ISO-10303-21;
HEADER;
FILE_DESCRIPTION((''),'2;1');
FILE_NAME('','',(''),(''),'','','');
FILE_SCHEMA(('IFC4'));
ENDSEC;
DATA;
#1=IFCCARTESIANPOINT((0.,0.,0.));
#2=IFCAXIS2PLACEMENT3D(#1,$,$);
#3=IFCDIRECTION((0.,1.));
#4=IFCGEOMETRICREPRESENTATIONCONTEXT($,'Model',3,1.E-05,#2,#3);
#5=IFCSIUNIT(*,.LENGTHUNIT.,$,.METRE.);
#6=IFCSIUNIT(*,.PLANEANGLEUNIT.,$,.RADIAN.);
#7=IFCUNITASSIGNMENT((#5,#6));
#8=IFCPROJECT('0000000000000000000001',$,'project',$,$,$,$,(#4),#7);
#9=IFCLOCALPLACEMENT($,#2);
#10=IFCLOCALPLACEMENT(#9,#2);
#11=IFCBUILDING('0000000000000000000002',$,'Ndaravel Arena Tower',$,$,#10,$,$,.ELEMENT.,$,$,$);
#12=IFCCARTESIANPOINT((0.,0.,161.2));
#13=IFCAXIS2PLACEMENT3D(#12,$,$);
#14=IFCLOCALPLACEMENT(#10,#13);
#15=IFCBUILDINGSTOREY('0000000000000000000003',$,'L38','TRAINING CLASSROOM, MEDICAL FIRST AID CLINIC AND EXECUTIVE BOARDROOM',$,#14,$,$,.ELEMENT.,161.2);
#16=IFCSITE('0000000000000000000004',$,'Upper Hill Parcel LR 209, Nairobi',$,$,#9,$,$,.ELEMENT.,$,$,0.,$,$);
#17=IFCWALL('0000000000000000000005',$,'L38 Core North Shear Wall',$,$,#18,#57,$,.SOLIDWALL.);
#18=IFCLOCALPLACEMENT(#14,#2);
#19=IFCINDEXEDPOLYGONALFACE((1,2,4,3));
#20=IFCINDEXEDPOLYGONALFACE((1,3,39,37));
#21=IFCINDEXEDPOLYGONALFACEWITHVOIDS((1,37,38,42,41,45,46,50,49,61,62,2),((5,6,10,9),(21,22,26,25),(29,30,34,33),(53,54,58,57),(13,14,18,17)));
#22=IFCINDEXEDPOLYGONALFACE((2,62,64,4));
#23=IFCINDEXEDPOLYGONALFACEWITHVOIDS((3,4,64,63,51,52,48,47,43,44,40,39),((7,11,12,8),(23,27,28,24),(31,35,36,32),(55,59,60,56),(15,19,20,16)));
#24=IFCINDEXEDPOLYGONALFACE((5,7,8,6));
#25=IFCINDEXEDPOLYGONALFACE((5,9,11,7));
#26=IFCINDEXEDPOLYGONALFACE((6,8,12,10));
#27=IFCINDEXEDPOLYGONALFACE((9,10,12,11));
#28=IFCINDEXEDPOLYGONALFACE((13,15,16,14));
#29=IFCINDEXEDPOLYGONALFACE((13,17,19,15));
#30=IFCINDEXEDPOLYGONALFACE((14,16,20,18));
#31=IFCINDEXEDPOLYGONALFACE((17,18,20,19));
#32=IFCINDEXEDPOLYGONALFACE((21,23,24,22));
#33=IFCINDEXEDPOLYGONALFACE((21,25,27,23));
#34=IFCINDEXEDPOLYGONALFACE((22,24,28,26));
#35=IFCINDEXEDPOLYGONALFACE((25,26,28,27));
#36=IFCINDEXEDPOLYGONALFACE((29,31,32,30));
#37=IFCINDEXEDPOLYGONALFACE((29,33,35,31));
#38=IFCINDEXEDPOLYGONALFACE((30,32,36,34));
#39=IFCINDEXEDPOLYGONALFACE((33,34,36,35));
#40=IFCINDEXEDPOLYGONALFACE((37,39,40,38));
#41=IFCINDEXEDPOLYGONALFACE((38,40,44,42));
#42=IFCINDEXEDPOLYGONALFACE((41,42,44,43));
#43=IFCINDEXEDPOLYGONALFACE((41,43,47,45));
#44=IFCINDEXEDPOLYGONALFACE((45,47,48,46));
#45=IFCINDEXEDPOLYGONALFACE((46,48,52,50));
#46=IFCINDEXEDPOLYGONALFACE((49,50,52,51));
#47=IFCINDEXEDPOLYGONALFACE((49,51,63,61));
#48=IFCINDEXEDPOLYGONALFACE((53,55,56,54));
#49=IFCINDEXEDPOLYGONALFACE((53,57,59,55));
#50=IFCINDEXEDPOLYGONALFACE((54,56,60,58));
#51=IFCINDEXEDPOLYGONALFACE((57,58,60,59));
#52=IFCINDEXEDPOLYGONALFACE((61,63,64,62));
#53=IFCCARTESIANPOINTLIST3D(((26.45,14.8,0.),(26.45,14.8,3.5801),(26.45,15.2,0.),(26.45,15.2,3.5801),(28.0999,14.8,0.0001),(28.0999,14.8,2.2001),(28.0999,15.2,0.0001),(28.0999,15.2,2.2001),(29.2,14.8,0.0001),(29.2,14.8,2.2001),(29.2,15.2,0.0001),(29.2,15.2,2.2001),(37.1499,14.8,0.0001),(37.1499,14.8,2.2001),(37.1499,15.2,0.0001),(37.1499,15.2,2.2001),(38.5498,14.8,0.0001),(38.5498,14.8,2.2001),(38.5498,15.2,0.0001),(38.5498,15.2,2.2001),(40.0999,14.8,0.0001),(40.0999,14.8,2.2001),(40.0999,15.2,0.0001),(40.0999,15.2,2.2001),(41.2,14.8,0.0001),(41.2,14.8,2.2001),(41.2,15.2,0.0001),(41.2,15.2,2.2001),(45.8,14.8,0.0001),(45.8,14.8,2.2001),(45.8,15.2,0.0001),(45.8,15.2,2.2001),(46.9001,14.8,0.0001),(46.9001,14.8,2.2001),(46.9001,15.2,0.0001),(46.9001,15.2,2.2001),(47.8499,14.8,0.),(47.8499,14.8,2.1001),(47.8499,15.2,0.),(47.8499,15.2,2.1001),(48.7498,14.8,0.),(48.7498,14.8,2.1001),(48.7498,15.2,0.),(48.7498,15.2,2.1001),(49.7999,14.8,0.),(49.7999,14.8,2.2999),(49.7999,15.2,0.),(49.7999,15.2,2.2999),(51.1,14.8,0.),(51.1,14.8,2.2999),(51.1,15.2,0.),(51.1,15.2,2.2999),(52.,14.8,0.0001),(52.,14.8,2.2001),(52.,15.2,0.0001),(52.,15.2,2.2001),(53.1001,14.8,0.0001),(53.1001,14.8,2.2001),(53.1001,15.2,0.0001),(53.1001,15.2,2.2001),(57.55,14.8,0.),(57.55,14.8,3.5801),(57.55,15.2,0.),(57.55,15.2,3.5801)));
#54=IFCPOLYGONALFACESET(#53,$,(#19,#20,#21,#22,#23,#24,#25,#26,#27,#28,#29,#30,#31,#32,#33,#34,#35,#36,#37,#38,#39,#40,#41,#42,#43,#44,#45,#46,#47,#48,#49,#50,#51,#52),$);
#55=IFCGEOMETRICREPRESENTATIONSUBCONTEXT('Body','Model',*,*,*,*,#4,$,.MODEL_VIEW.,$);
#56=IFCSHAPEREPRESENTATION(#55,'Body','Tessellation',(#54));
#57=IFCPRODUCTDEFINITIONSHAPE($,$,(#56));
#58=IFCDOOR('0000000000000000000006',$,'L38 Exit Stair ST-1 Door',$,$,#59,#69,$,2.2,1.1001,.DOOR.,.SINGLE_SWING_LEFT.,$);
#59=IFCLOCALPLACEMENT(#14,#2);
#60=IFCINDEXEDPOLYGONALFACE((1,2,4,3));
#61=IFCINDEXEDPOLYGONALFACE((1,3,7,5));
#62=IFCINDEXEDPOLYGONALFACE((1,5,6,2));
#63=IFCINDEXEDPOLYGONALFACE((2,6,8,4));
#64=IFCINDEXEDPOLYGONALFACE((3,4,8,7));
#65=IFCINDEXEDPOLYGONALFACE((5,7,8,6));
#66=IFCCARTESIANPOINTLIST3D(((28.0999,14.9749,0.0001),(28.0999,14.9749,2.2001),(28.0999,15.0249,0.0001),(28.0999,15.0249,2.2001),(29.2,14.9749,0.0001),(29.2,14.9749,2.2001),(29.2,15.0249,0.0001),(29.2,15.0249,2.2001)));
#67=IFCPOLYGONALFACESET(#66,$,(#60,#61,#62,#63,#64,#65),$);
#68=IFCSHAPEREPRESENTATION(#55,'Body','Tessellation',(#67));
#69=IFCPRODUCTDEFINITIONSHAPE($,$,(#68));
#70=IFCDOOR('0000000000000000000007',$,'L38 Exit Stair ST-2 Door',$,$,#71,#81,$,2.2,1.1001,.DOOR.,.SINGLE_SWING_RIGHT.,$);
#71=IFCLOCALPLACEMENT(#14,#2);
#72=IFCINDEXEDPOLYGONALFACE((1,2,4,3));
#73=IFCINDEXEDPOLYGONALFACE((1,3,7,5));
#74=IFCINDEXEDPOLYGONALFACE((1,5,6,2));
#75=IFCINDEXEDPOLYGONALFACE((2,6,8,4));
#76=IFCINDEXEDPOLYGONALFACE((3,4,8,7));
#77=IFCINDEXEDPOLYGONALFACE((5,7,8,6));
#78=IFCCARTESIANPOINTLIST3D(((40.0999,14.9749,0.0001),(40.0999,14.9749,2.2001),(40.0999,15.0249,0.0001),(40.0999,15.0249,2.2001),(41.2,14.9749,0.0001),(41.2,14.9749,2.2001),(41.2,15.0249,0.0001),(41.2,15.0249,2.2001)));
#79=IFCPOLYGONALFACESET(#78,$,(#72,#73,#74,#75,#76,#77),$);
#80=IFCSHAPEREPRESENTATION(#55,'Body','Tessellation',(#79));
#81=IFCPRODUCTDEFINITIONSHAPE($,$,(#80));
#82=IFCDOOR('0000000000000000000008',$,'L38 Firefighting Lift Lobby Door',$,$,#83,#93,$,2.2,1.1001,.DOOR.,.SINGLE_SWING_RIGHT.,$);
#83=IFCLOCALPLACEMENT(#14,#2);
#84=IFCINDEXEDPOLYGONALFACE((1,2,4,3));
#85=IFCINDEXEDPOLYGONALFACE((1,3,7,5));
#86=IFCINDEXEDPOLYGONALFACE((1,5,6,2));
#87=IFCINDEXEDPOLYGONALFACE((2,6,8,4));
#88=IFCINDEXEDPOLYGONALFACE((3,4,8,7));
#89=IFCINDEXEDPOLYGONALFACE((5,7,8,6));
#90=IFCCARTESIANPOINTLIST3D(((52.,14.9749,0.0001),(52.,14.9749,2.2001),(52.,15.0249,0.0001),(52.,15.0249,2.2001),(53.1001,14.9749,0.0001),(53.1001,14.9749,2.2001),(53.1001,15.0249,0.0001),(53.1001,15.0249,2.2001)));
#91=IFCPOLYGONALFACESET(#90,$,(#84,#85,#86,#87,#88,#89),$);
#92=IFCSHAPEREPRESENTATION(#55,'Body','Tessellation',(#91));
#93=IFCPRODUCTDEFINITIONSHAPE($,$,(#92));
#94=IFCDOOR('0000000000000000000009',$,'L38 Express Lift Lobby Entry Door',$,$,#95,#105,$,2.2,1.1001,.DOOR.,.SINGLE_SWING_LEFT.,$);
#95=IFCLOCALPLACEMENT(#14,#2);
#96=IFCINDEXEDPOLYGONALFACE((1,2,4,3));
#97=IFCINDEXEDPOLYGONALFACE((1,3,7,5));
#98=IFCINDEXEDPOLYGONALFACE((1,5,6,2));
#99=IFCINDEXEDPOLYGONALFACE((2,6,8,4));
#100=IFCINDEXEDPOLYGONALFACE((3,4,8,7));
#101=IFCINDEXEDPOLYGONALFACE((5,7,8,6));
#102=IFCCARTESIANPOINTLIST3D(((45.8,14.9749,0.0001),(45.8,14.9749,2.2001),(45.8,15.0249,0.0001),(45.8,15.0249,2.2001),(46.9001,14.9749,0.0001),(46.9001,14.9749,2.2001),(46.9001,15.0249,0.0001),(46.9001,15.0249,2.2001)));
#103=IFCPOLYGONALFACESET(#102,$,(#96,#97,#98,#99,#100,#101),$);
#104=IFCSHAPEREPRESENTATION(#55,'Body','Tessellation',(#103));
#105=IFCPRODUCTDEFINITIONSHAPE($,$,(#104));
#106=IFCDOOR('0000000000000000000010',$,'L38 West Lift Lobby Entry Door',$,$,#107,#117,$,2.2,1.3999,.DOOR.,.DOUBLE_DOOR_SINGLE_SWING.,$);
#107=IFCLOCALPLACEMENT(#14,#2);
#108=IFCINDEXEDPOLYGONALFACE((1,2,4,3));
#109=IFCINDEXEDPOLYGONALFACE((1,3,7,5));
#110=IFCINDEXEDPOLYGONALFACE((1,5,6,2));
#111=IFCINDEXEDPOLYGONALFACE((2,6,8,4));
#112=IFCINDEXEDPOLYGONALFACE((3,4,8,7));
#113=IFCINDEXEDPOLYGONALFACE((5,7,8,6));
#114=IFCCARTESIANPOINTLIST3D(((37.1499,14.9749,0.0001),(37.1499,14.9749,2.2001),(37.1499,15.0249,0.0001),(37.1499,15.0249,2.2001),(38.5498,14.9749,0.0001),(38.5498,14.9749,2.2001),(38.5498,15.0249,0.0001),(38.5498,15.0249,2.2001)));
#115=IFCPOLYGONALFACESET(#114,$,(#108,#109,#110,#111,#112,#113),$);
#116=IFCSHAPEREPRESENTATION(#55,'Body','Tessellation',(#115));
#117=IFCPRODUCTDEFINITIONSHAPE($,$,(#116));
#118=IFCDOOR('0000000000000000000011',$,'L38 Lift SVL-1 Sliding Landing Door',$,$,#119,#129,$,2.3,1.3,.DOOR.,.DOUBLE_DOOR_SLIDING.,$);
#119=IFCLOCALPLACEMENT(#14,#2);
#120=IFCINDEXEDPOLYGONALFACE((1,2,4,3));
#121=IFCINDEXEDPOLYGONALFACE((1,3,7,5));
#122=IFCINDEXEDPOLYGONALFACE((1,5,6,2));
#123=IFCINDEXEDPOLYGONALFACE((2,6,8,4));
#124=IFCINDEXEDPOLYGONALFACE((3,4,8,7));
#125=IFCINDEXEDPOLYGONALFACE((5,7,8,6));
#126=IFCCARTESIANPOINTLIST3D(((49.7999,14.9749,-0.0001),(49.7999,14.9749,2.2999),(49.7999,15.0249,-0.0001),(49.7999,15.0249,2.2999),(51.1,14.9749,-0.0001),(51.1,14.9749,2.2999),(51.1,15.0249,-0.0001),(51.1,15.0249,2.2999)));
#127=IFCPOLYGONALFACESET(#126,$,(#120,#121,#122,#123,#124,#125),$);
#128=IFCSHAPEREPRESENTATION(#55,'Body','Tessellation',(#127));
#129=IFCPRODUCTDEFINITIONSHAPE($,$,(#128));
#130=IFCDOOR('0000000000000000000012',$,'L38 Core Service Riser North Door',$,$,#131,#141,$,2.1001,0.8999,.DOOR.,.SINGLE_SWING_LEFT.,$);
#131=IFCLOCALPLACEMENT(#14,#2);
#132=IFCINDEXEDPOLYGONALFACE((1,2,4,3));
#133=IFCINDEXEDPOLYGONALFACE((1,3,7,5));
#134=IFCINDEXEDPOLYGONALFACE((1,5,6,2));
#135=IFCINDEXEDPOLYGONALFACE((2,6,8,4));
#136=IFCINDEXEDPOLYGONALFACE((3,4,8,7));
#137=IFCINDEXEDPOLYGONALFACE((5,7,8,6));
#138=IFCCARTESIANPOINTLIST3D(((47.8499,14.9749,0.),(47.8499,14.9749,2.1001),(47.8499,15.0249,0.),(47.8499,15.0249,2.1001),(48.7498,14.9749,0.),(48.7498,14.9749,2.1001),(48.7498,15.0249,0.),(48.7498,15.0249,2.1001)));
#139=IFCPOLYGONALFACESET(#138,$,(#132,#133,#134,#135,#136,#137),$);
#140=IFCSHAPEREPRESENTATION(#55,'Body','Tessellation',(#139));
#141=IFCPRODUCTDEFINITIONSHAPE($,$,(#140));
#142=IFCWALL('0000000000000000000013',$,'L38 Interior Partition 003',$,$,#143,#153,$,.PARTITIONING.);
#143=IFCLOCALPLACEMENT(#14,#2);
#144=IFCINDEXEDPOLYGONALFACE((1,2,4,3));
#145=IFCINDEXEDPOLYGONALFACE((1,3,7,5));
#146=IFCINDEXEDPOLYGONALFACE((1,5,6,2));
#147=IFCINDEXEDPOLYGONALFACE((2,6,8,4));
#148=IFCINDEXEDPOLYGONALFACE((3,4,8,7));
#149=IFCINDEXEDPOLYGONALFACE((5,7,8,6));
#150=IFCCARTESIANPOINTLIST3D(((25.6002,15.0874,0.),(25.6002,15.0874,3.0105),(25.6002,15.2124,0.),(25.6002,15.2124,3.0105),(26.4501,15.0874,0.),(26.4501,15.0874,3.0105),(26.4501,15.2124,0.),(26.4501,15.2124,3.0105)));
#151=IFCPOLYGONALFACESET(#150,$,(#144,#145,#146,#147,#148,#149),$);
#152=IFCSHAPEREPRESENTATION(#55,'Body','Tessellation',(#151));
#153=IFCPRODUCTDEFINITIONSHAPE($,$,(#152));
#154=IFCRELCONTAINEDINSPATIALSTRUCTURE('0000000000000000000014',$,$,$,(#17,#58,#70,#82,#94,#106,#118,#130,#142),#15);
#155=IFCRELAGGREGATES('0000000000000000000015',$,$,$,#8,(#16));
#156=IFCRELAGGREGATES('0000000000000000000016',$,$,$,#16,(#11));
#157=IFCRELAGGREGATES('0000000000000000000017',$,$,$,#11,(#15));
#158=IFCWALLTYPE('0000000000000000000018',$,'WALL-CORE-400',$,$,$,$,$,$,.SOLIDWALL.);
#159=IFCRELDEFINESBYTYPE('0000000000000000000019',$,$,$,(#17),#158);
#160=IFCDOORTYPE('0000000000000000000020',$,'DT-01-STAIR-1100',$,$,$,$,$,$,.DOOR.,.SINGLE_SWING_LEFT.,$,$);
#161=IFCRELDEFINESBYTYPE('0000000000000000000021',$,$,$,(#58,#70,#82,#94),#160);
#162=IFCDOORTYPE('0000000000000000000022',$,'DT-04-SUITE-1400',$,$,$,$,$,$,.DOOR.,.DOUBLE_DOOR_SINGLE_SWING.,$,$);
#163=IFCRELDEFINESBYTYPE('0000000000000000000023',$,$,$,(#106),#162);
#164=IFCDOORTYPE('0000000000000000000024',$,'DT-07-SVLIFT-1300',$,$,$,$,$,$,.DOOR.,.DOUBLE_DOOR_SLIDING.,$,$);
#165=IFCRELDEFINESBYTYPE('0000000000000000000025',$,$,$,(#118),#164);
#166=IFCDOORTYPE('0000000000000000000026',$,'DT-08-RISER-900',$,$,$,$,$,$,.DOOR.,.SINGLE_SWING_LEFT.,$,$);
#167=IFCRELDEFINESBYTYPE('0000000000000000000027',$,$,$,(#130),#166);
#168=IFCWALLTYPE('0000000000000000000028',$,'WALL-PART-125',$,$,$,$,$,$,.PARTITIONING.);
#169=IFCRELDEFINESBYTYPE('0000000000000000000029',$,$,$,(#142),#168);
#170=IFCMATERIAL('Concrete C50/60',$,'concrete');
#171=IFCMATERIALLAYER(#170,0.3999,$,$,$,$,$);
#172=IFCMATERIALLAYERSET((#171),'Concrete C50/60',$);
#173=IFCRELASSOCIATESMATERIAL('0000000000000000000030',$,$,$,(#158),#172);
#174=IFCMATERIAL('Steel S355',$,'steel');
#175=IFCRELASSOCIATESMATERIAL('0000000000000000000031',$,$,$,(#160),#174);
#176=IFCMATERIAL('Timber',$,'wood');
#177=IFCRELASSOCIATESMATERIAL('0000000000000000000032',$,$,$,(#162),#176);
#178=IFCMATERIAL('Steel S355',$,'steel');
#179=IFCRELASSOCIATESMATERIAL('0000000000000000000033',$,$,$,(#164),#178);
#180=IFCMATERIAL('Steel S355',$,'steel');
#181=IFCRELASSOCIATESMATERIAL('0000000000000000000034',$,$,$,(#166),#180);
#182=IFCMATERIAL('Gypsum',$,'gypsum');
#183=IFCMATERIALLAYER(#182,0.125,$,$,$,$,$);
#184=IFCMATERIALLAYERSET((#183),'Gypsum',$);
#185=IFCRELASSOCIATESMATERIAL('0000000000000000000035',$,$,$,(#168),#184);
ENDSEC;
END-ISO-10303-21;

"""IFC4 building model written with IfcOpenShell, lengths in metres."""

from ifc_helpers import new_model, si_unit, direction, frame, frame_2d, origin, place, context, subcontext, project, spatial, rectangle, extrude, material, layer, layer_set, type_object, element, fill, save


model = new_model("IFC4")

# Units and contexts
model_context = context("Model", 3, precision=1e-05, world=origin(), true_north=direction((0.0, 1.0)))
body_context = subcontext(model_context, "Body", "Model", "MODEL_VIEW")
ifc_project = project(units=[si_unit("LENGTHUNIT", "METRE"), si_unit("PLANEANGLEUNIT", "RADIAN")], contexts=[model_context])

# Site, building, storey
site_placement = place(None, origin())
site = spatial("IfcSite", under=ifc_project, at=site_placement, Name="Upper Hill Parcel LR 209, Nairobi", CompositionType="ELEMENT", RefElevation=0.0)
building_placement = place(site_placement, origin())
building = spatial("IfcBuilding", under=site, at=building_placement, Name="Ndaravel Arena Tower", CompositionType="ELEMENT")
storey_placement = place(building_placement, frame((0.0, 0.0, 161.2)))
storey = spatial("IfcBuildingStorey", under=building, at=storey_placement, Name="L38", Description="TRAINING CLASSROOM, MEDICAL FIRST AID CLINIC AND EXECUTIVE BOARDROOM", CompositionType="ELEMENT", Elevation=161.2)

# Wall, openings, doors
ifc_material_1 = material(Name="Concrete C50/60", Category="concrete")
ifc_layer_1 = layer(ifc_material_1, 0.3999)
ifc_layer_set_1 = layer_set([ifc_layer_1], Name="Concrete C50/60")
wall_type_1 = type_object("IfcWallType", Name="WALL-CORE-400", PredefinedType="SOLIDWALL", material=ifc_layer_set_1)
wall_1_placement = place(storey_placement, frame((26.45, 15.0, 0.0), z_axis=(0.0, 0.0, 1.0), x_axis=(1.0, 0.0, 0.0)))
wall_1 = element("IfcWall", 1, at=wall_1_placement, inside=storey, type_object=wall_type_1, Name="L38 Core North Shear Wall", PredefinedType="SOLIDWALL", context=body_context, shape_type="SweptSolid", body=[
    extrude(rectangle(XDim=31.1001, YDim=0.3999, at=frame_2d((15.55, 0.0))), origin(), (0.0, 0.0, 1.0), 3.5801),
])
opening_1_placement = place(wall_1_placement, frame((1.6499, 0.0, 0.0)))
opening_1 = element("IfcOpeningElement", 2, at=opening_1_placement, cuts=wall_1, PredefinedType="OPENING", context=body_context, shape_type="SweptSolid", body=[
    extrude(rectangle(XDim=1.1001, YDim=2.2, at=frame_2d((0.55, 1.1001))), frame((0.0, 0.2, 0.0), z_axis=(0.0, -1.0, 0.0), x_axis=(1.0, 0.0, 0.0)), (0.0, 0.0, 1.0), 0.3999),
])
opening_2_placement = place(wall_1_placement, frame((13.6499, 0.0, 0.0)))
opening_2 = element("IfcOpeningElement", 3, at=opening_2_placement, cuts=wall_1, PredefinedType="OPENING", context=body_context, shape_type="SweptSolid", body=[
    extrude(rectangle(XDim=1.1001, YDim=2.2, at=frame_2d((0.55, 1.1001))), frame((0.0, 0.2, 0.0), z_axis=(0.0, -1.0, 0.0), x_axis=(1.0, 0.0, 0.0)), (0.0, 0.0, 1.0), 0.3999),
])
opening_3_placement = place(wall_1_placement, frame((25.55, 0.0, 0.0)))
opening_3 = element("IfcOpeningElement", 4, at=opening_3_placement, cuts=wall_1, PredefinedType="OPENING", context=body_context, shape_type="SweptSolid", body=[
    extrude(rectangle(XDim=1.1001, YDim=2.2, at=frame_2d((0.55, 1.1001))), frame((0.0, 0.2, 0.0), z_axis=(0.0, -1.0, 0.0), x_axis=(1.0, 0.0, 0.0)), (0.0, 0.0, 1.0), 0.3999),
])
opening_4_placement = place(wall_1_placement, frame((10.7, 0.0, 0.0)))
opening_4 = element("IfcOpeningElement", 5, at=opening_4_placement, cuts=wall_1, PredefinedType="OPENING", context=body_context, shape_type="SweptSolid", body=[
    extrude(rectangle(XDim=1.3999, YDim=2.2, at=frame_2d((0.7, 1.1001))), frame((0.0, 0.2, 0.0), z_axis=(0.0, -1.0, 0.0), x_axis=(1.0, 0.0, 0.0)), (0.0, 0.0, 1.0), 0.3999),
])
opening_5_placement = place(wall_1_placement, frame((19.3501, 0.0, 0.0)))
opening_5 = element("IfcOpeningElement", 6, at=opening_5_placement, cuts=wall_1, PredefinedType="OPENING", context=body_context, shape_type="SweptSolid", body=[
    extrude(rectangle(XDim=1.1001, YDim=2.2, at=frame_2d((0.55, 1.1001))), frame((0.0, 0.2, 0.0), z_axis=(0.0, -1.0, 0.0), x_axis=(1.0, 0.0, 0.0)), (0.0, 0.0, 1.0), 0.3999),
])
opening_6_placement = place(wall_1_placement, frame((21.3999, 0.0, 0.0)))
opening_6 = element("IfcOpeningElement", 7, at=opening_6_placement, cuts=wall_1, PredefinedType="OPENING", context=body_context, shape_type="SweptSolid", body=[
    extrude(rectangle(XDim=0.8999, YDim=2.1001, at=frame_2d((0.45, 1.05))), frame((0.0, 0.2, 0.0), z_axis=(0.0, -1.0, 0.0), x_axis=(1.0, 0.0, 0.0)), (0.0, 0.0, 1.0), 0.3999),
])
opening_7_placement = place(wall_1_placement, frame((23.3501, 0.0, 0.0)))
opening_7 = element("IfcOpeningElement", 8, at=opening_7_placement, cuts=wall_1, PredefinedType="OPENING", context=body_context, shape_type="SweptSolid", body=[
    extrude(rectangle(XDim=1.3, YDim=2.3, at=frame_2d((0.6499, 1.1499))), frame((0.0, 0.2, 0.0), z_axis=(0.0, -1.0, 0.0), x_axis=(1.0, 0.0, 0.0)), (0.0, 0.0, 1.0), 0.3999),
])
ifc_material_2 = material(Name="Steel S355", Category="steel")
door_type_1 = type_object("IfcDoorType", Name="DT-01-STAIR-1100", OperationType="SINGLE_SWING_LEFT", PredefinedType="DOOR", material=ifc_material_2)
door_1_placement = place(opening_1_placement, origin())
door_1 = element("IfcDoor", 9, at=door_1_placement, inside=storey, type_object=door_type_1, Name="L38 Exit Stair ST-1 Door", OperationType="SINGLE_SWING_LEFT", OverallHeight=2.2, OverallWidth=1.1001, PredefinedType="DOOR", context=body_context, shape_type="SweptSolid", body=[
    extrude(rectangle(XDim=1.1001, YDim=2.2, at=frame_2d((0.55, 1.1001))), frame((0.0, 0.0249, 0.0), z_axis=(0.0, -1.0, 0.0), x_axis=(1.0, 0.0, 0.0)), (0.0, 0.0, 1.0), 0.05),
])
fill(opening_1, door_1)
door_2_placement = place(opening_2_placement, origin())
door_2 = element("IfcDoor", 10, at=door_2_placement, inside=storey, type_object=door_type_1, Name="L38 Exit Stair ST-2 Door", OperationType="SINGLE_SWING_RIGHT", OverallHeight=2.2, OverallWidth=1.1001, PredefinedType="DOOR", context=body_context, shape_type="SweptSolid", body=[
    extrude(rectangle(XDim=1.1001, YDim=2.2, at=frame_2d((0.55, 1.1001))), frame((0.0, 0.0249, 0.0), z_axis=(0.0, -1.0, 0.0), x_axis=(1.0, 0.0, 0.0)), (0.0, 0.0, 1.0), 0.05),
])
fill(opening_2, door_2)
door_3_placement = place(opening_3_placement, origin())
door_3 = element("IfcDoor", 11, at=door_3_placement, inside=storey, type_object=door_type_1, Name="L38 Firefighting Lift Lobby Door", OperationType="SINGLE_SWING_RIGHT", OverallHeight=2.2, OverallWidth=1.1001, PredefinedType="DOOR", context=body_context, shape_type="SweptSolid", body=[
    extrude(rectangle(XDim=1.1001, YDim=2.2, at=frame_2d((0.55, 1.1001))), frame((0.0, 0.0249, 0.0), z_axis=(0.0, -1.0, 0.0), x_axis=(1.0, 0.0, 0.0)), (0.0, 0.0, 1.0), 0.05),
])
fill(opening_3, door_3)
door_4_placement = place(opening_5_placement, origin())
door_4 = element("IfcDoor", 12, at=door_4_placement, inside=storey, type_object=door_type_1, Name="L38 Express Lift Lobby Entry Door", OperationType="SINGLE_SWING_LEFT", OverallHeight=2.2, OverallWidth=1.1001, PredefinedType="DOOR", context=body_context, shape_type="SweptSolid", body=[
    extrude(rectangle(XDim=1.1001, YDim=2.2, at=frame_2d((0.55, 1.1001))), frame((0.0, 0.0249, 0.0), z_axis=(0.0, -1.0, 0.0), x_axis=(1.0, 0.0, 0.0)), (0.0, 0.0, 1.0), 0.05),
])
fill(opening_5, door_4)
ifc_material_3 = material(Name="Timber", Category="wood")
door_type_2 = type_object("IfcDoorType", Name="DT-04-SUITE-1400", OperationType="DOUBLE_DOOR_SINGLE_SWING", PredefinedType="DOOR", material=ifc_material_3)
door_5_placement = place(opening_4_placement, origin())
door_5 = element("IfcDoor", 13, at=door_5_placement, inside=storey, type_object=door_type_2, Name="L38 West Lift Lobby Entry Door", OperationType="DOUBLE_DOOR_SINGLE_SWING", OverallHeight=2.2, OverallWidth=1.3999, PredefinedType="DOOR", context=body_context, shape_type="SweptSolid", body=[
    extrude(rectangle(XDim=1.3999, YDim=2.2, at=frame_2d((0.7, 1.1001))), frame((0.0, 0.0249, 0.0), z_axis=(0.0, -1.0, 0.0), x_axis=(1.0, 0.0, 0.0)), (0.0, 0.0, 1.0), 0.05),
])
fill(opening_4, door_5)
ifc_material_4 = material(Name="Steel S355", Category="steel")
door_type_3 = type_object("IfcDoorType", Name="DT-07-SVLIFT-1300", OperationType="DOUBLE_DOOR_SLIDING", PredefinedType="DOOR", material=ifc_material_4)
door_6_placement = place(opening_7_placement, origin())
door_6 = element("IfcDoor", 14, at=door_6_placement, inside=storey, type_object=door_type_3, Name="L38 Lift SVL-1 Sliding Landing Door", OperationType="DOUBLE_DOOR_SLIDING", OverallHeight=2.3, OverallWidth=1.3, PredefinedType="DOOR", context=body_context, shape_type="SweptSolid", body=[
    extrude(rectangle(XDim=1.3, YDim=2.3, at=frame_2d((0.6499, 1.1499))), frame((0.0, 0.0249, 0.0), z_axis=(0.0, -1.0, 0.0), x_axis=(1.0, 0.0, 0.0)), (0.0, 0.0, 1.0), 0.05),
])
fill(opening_7, door_6)
ifc_material_5 = material(Name="Steel S355", Category="steel")
door_type_4 = type_object("IfcDoorType", Name="DT-08-RISER-900", OperationType="SINGLE_SWING_LEFT", PredefinedType="DOOR", material=ifc_material_5)
door_7_placement = place(opening_6_placement, origin())
door_7 = element("IfcDoor", 15, at=door_7_placement, inside=storey, type_object=door_type_4, Name="L38 Core Service Riser North Door", OperationType="SINGLE_SWING_LEFT", OverallHeight=2.1001, OverallWidth=0.8999, PredefinedType="DOOR", context=body_context, shape_type="SweptSolid", body=[
    extrude(rectangle(XDim=0.8999, YDim=2.1001, at=frame_2d((0.45, 1.05))), frame((0.0, 0.0249, 0.0), z_axis=(0.0, -1.0, 0.0), x_axis=(1.0, 0.0, 0.0)), (0.0, 0.0, 1.0), 0.05),
])
fill(opening_6, door_7)

# Wall
ifc_material_6 = material(Name="Gypsum", Category="gypsum")
ifc_layer_2 = layer(ifc_material_6, 0.125)
ifc_layer_set_2 = layer_set([ifc_layer_2], Name="Gypsum")
wall_type_2 = type_object("IfcWallType", Name="WALL-PART-125", PredefinedType="PARTITIONING", material=ifc_layer_set_2)
wall_2_placement = place(storey_placement, frame((26.45, 15.1499, 0.0), z_axis=(0.0, 0.0, 1.0), x_axis=(-1.0, 0.0, 0.0)))
element("IfcWall", 16, at=wall_2_placement, inside=storey, type_object=wall_type_2, Name="L38 Interior Partition 003", PredefinedType="PARTITIONING", context=body_context, shape_type="SweptSolid", body=[
    extrude(rectangle(XDim=0.8499, YDim=0.125, at=frame_2d((0.4248, 0.0))), origin(), (0.0, 0.0, 1.0), 3.0105),
])

save(model, "model.ifc")
